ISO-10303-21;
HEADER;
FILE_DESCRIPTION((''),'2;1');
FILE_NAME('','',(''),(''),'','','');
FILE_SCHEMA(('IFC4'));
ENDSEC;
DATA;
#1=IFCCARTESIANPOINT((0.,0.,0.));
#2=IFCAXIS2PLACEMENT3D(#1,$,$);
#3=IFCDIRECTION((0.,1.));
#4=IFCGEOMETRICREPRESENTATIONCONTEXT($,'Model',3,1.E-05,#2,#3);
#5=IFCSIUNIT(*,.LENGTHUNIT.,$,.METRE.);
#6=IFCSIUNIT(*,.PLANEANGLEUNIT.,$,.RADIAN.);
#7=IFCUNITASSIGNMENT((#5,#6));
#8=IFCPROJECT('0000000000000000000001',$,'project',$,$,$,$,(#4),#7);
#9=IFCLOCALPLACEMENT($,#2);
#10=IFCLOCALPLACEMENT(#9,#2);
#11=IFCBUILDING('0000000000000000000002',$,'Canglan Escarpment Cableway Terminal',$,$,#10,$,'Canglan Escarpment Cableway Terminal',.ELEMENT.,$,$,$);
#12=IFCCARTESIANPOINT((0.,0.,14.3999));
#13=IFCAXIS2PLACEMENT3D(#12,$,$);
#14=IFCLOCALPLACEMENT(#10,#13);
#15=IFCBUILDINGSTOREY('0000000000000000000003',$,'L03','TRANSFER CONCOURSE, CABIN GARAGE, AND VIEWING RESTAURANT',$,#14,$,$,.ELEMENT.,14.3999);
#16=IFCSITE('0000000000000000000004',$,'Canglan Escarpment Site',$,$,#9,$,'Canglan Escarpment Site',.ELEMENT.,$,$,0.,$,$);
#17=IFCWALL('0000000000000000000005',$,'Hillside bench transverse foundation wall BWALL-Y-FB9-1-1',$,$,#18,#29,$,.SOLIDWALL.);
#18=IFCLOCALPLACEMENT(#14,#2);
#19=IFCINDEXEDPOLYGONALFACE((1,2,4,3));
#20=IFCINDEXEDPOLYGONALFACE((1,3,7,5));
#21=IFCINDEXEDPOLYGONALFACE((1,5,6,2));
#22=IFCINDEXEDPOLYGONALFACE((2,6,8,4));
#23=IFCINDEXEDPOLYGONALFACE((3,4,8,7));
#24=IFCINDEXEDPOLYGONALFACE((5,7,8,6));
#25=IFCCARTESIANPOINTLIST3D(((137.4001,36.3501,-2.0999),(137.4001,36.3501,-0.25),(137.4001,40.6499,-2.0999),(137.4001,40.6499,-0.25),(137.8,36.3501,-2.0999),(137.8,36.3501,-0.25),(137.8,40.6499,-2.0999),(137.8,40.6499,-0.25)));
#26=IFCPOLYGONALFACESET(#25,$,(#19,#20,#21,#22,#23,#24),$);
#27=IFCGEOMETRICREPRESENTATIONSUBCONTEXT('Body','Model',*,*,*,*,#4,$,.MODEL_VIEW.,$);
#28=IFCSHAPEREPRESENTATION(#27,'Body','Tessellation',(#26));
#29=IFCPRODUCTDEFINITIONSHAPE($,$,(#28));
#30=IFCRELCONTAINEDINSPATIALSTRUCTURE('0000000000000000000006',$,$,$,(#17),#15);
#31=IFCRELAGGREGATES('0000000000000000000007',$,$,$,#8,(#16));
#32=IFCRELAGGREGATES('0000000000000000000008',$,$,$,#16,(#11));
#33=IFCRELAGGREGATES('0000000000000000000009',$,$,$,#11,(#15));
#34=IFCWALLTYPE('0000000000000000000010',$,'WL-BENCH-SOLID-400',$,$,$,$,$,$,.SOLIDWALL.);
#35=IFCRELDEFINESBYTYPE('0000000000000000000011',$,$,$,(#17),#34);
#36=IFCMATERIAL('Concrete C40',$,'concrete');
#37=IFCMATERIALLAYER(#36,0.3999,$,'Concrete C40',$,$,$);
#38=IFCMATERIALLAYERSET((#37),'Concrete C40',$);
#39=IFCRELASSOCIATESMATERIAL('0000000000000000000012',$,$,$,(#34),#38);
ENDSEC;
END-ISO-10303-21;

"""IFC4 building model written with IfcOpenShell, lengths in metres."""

from ifc_helpers import new_model, si_unit, direction, frame, frame_2d, origin, place, context, subcontext, project, spatial, rectangle, extrude, material, layer, layer_set, type_object, element, save


model = new_model("IFC4")

# Units and contexts
model_context = context("Model", 3, precision=1e-05, world=origin(), true_north=direction((0.0, 1.0)))
body_context = subcontext(model_context, "Body", "Model", "MODEL_VIEW")
ifc_project = project(units=[si_unit("LENGTHUNIT", "METRE"), si_unit("PLANEANGLEUNIT", "RADIAN")], contexts=[model_context])

# Site, building, storey
site_placement = place(None, origin())
site = spatial("IfcSite", under=ifc_project, at=site_placement, Name="Canglan Escarpment Site", LongName="Canglan Escarpment Site", CompositionType="ELEMENT", RefElevation=0.0)
building_placement = place(site_placement, origin())
building = spatial("IfcBuilding", under=site, at=building_placement, Name="Canglan Escarpment Cableway Terminal", LongName="Canglan Escarpment Cableway Terminal", CompositionType="ELEMENT")
storey_placement = place(building_placement, frame((0.0, 0.0, 14.3999)))
storey = spatial("IfcBuildingStorey", under=building, at=storey_placement, Name="L03", Description="TRANSFER CONCOURSE, CABIN GARAGE, AND VIEWING RESTAURANT", CompositionType="ELEMENT", Elevation=14.3999)

# Shared definitions
ifc_material_1 = material(Name="Concrete C40", Category="concrete")

# Wall
ifc_layer_1 = layer(ifc_material_1, 0.3999, Name="Concrete C40")
ifc_layer_set_1 = layer_set([ifc_layer_1], Name="Concrete C40")
wall_type = type_object("IfcWallType", Name="WL-BENCH-SOLID-400", PredefinedType="SOLIDWALL", material=ifc_layer_set_1)
wall_placement = place(storey_placement, frame((137.6001, 36.3501, -2.0999), z_axis=(0.0, 0.0, 1.0), x_axis=(0.0, 1.0, 0.0)))
element("IfcWall", 1, at=wall_placement, inside=storey, type_object=wall_type, Name="Hillside bench transverse foundation wall BWALL-Y-FB9-1-1", PredefinedType="SOLIDWALL", context=body_context, shape_type="SweptSolid", body=[
    extrude(rectangle(XDim=4.2998, YDim=0.3999, at=frame_2d((2.1499, 0.0))), origin(), (0.0, 0.0, 1.0), 1.8499),
])

save(model, "model.ifc")
